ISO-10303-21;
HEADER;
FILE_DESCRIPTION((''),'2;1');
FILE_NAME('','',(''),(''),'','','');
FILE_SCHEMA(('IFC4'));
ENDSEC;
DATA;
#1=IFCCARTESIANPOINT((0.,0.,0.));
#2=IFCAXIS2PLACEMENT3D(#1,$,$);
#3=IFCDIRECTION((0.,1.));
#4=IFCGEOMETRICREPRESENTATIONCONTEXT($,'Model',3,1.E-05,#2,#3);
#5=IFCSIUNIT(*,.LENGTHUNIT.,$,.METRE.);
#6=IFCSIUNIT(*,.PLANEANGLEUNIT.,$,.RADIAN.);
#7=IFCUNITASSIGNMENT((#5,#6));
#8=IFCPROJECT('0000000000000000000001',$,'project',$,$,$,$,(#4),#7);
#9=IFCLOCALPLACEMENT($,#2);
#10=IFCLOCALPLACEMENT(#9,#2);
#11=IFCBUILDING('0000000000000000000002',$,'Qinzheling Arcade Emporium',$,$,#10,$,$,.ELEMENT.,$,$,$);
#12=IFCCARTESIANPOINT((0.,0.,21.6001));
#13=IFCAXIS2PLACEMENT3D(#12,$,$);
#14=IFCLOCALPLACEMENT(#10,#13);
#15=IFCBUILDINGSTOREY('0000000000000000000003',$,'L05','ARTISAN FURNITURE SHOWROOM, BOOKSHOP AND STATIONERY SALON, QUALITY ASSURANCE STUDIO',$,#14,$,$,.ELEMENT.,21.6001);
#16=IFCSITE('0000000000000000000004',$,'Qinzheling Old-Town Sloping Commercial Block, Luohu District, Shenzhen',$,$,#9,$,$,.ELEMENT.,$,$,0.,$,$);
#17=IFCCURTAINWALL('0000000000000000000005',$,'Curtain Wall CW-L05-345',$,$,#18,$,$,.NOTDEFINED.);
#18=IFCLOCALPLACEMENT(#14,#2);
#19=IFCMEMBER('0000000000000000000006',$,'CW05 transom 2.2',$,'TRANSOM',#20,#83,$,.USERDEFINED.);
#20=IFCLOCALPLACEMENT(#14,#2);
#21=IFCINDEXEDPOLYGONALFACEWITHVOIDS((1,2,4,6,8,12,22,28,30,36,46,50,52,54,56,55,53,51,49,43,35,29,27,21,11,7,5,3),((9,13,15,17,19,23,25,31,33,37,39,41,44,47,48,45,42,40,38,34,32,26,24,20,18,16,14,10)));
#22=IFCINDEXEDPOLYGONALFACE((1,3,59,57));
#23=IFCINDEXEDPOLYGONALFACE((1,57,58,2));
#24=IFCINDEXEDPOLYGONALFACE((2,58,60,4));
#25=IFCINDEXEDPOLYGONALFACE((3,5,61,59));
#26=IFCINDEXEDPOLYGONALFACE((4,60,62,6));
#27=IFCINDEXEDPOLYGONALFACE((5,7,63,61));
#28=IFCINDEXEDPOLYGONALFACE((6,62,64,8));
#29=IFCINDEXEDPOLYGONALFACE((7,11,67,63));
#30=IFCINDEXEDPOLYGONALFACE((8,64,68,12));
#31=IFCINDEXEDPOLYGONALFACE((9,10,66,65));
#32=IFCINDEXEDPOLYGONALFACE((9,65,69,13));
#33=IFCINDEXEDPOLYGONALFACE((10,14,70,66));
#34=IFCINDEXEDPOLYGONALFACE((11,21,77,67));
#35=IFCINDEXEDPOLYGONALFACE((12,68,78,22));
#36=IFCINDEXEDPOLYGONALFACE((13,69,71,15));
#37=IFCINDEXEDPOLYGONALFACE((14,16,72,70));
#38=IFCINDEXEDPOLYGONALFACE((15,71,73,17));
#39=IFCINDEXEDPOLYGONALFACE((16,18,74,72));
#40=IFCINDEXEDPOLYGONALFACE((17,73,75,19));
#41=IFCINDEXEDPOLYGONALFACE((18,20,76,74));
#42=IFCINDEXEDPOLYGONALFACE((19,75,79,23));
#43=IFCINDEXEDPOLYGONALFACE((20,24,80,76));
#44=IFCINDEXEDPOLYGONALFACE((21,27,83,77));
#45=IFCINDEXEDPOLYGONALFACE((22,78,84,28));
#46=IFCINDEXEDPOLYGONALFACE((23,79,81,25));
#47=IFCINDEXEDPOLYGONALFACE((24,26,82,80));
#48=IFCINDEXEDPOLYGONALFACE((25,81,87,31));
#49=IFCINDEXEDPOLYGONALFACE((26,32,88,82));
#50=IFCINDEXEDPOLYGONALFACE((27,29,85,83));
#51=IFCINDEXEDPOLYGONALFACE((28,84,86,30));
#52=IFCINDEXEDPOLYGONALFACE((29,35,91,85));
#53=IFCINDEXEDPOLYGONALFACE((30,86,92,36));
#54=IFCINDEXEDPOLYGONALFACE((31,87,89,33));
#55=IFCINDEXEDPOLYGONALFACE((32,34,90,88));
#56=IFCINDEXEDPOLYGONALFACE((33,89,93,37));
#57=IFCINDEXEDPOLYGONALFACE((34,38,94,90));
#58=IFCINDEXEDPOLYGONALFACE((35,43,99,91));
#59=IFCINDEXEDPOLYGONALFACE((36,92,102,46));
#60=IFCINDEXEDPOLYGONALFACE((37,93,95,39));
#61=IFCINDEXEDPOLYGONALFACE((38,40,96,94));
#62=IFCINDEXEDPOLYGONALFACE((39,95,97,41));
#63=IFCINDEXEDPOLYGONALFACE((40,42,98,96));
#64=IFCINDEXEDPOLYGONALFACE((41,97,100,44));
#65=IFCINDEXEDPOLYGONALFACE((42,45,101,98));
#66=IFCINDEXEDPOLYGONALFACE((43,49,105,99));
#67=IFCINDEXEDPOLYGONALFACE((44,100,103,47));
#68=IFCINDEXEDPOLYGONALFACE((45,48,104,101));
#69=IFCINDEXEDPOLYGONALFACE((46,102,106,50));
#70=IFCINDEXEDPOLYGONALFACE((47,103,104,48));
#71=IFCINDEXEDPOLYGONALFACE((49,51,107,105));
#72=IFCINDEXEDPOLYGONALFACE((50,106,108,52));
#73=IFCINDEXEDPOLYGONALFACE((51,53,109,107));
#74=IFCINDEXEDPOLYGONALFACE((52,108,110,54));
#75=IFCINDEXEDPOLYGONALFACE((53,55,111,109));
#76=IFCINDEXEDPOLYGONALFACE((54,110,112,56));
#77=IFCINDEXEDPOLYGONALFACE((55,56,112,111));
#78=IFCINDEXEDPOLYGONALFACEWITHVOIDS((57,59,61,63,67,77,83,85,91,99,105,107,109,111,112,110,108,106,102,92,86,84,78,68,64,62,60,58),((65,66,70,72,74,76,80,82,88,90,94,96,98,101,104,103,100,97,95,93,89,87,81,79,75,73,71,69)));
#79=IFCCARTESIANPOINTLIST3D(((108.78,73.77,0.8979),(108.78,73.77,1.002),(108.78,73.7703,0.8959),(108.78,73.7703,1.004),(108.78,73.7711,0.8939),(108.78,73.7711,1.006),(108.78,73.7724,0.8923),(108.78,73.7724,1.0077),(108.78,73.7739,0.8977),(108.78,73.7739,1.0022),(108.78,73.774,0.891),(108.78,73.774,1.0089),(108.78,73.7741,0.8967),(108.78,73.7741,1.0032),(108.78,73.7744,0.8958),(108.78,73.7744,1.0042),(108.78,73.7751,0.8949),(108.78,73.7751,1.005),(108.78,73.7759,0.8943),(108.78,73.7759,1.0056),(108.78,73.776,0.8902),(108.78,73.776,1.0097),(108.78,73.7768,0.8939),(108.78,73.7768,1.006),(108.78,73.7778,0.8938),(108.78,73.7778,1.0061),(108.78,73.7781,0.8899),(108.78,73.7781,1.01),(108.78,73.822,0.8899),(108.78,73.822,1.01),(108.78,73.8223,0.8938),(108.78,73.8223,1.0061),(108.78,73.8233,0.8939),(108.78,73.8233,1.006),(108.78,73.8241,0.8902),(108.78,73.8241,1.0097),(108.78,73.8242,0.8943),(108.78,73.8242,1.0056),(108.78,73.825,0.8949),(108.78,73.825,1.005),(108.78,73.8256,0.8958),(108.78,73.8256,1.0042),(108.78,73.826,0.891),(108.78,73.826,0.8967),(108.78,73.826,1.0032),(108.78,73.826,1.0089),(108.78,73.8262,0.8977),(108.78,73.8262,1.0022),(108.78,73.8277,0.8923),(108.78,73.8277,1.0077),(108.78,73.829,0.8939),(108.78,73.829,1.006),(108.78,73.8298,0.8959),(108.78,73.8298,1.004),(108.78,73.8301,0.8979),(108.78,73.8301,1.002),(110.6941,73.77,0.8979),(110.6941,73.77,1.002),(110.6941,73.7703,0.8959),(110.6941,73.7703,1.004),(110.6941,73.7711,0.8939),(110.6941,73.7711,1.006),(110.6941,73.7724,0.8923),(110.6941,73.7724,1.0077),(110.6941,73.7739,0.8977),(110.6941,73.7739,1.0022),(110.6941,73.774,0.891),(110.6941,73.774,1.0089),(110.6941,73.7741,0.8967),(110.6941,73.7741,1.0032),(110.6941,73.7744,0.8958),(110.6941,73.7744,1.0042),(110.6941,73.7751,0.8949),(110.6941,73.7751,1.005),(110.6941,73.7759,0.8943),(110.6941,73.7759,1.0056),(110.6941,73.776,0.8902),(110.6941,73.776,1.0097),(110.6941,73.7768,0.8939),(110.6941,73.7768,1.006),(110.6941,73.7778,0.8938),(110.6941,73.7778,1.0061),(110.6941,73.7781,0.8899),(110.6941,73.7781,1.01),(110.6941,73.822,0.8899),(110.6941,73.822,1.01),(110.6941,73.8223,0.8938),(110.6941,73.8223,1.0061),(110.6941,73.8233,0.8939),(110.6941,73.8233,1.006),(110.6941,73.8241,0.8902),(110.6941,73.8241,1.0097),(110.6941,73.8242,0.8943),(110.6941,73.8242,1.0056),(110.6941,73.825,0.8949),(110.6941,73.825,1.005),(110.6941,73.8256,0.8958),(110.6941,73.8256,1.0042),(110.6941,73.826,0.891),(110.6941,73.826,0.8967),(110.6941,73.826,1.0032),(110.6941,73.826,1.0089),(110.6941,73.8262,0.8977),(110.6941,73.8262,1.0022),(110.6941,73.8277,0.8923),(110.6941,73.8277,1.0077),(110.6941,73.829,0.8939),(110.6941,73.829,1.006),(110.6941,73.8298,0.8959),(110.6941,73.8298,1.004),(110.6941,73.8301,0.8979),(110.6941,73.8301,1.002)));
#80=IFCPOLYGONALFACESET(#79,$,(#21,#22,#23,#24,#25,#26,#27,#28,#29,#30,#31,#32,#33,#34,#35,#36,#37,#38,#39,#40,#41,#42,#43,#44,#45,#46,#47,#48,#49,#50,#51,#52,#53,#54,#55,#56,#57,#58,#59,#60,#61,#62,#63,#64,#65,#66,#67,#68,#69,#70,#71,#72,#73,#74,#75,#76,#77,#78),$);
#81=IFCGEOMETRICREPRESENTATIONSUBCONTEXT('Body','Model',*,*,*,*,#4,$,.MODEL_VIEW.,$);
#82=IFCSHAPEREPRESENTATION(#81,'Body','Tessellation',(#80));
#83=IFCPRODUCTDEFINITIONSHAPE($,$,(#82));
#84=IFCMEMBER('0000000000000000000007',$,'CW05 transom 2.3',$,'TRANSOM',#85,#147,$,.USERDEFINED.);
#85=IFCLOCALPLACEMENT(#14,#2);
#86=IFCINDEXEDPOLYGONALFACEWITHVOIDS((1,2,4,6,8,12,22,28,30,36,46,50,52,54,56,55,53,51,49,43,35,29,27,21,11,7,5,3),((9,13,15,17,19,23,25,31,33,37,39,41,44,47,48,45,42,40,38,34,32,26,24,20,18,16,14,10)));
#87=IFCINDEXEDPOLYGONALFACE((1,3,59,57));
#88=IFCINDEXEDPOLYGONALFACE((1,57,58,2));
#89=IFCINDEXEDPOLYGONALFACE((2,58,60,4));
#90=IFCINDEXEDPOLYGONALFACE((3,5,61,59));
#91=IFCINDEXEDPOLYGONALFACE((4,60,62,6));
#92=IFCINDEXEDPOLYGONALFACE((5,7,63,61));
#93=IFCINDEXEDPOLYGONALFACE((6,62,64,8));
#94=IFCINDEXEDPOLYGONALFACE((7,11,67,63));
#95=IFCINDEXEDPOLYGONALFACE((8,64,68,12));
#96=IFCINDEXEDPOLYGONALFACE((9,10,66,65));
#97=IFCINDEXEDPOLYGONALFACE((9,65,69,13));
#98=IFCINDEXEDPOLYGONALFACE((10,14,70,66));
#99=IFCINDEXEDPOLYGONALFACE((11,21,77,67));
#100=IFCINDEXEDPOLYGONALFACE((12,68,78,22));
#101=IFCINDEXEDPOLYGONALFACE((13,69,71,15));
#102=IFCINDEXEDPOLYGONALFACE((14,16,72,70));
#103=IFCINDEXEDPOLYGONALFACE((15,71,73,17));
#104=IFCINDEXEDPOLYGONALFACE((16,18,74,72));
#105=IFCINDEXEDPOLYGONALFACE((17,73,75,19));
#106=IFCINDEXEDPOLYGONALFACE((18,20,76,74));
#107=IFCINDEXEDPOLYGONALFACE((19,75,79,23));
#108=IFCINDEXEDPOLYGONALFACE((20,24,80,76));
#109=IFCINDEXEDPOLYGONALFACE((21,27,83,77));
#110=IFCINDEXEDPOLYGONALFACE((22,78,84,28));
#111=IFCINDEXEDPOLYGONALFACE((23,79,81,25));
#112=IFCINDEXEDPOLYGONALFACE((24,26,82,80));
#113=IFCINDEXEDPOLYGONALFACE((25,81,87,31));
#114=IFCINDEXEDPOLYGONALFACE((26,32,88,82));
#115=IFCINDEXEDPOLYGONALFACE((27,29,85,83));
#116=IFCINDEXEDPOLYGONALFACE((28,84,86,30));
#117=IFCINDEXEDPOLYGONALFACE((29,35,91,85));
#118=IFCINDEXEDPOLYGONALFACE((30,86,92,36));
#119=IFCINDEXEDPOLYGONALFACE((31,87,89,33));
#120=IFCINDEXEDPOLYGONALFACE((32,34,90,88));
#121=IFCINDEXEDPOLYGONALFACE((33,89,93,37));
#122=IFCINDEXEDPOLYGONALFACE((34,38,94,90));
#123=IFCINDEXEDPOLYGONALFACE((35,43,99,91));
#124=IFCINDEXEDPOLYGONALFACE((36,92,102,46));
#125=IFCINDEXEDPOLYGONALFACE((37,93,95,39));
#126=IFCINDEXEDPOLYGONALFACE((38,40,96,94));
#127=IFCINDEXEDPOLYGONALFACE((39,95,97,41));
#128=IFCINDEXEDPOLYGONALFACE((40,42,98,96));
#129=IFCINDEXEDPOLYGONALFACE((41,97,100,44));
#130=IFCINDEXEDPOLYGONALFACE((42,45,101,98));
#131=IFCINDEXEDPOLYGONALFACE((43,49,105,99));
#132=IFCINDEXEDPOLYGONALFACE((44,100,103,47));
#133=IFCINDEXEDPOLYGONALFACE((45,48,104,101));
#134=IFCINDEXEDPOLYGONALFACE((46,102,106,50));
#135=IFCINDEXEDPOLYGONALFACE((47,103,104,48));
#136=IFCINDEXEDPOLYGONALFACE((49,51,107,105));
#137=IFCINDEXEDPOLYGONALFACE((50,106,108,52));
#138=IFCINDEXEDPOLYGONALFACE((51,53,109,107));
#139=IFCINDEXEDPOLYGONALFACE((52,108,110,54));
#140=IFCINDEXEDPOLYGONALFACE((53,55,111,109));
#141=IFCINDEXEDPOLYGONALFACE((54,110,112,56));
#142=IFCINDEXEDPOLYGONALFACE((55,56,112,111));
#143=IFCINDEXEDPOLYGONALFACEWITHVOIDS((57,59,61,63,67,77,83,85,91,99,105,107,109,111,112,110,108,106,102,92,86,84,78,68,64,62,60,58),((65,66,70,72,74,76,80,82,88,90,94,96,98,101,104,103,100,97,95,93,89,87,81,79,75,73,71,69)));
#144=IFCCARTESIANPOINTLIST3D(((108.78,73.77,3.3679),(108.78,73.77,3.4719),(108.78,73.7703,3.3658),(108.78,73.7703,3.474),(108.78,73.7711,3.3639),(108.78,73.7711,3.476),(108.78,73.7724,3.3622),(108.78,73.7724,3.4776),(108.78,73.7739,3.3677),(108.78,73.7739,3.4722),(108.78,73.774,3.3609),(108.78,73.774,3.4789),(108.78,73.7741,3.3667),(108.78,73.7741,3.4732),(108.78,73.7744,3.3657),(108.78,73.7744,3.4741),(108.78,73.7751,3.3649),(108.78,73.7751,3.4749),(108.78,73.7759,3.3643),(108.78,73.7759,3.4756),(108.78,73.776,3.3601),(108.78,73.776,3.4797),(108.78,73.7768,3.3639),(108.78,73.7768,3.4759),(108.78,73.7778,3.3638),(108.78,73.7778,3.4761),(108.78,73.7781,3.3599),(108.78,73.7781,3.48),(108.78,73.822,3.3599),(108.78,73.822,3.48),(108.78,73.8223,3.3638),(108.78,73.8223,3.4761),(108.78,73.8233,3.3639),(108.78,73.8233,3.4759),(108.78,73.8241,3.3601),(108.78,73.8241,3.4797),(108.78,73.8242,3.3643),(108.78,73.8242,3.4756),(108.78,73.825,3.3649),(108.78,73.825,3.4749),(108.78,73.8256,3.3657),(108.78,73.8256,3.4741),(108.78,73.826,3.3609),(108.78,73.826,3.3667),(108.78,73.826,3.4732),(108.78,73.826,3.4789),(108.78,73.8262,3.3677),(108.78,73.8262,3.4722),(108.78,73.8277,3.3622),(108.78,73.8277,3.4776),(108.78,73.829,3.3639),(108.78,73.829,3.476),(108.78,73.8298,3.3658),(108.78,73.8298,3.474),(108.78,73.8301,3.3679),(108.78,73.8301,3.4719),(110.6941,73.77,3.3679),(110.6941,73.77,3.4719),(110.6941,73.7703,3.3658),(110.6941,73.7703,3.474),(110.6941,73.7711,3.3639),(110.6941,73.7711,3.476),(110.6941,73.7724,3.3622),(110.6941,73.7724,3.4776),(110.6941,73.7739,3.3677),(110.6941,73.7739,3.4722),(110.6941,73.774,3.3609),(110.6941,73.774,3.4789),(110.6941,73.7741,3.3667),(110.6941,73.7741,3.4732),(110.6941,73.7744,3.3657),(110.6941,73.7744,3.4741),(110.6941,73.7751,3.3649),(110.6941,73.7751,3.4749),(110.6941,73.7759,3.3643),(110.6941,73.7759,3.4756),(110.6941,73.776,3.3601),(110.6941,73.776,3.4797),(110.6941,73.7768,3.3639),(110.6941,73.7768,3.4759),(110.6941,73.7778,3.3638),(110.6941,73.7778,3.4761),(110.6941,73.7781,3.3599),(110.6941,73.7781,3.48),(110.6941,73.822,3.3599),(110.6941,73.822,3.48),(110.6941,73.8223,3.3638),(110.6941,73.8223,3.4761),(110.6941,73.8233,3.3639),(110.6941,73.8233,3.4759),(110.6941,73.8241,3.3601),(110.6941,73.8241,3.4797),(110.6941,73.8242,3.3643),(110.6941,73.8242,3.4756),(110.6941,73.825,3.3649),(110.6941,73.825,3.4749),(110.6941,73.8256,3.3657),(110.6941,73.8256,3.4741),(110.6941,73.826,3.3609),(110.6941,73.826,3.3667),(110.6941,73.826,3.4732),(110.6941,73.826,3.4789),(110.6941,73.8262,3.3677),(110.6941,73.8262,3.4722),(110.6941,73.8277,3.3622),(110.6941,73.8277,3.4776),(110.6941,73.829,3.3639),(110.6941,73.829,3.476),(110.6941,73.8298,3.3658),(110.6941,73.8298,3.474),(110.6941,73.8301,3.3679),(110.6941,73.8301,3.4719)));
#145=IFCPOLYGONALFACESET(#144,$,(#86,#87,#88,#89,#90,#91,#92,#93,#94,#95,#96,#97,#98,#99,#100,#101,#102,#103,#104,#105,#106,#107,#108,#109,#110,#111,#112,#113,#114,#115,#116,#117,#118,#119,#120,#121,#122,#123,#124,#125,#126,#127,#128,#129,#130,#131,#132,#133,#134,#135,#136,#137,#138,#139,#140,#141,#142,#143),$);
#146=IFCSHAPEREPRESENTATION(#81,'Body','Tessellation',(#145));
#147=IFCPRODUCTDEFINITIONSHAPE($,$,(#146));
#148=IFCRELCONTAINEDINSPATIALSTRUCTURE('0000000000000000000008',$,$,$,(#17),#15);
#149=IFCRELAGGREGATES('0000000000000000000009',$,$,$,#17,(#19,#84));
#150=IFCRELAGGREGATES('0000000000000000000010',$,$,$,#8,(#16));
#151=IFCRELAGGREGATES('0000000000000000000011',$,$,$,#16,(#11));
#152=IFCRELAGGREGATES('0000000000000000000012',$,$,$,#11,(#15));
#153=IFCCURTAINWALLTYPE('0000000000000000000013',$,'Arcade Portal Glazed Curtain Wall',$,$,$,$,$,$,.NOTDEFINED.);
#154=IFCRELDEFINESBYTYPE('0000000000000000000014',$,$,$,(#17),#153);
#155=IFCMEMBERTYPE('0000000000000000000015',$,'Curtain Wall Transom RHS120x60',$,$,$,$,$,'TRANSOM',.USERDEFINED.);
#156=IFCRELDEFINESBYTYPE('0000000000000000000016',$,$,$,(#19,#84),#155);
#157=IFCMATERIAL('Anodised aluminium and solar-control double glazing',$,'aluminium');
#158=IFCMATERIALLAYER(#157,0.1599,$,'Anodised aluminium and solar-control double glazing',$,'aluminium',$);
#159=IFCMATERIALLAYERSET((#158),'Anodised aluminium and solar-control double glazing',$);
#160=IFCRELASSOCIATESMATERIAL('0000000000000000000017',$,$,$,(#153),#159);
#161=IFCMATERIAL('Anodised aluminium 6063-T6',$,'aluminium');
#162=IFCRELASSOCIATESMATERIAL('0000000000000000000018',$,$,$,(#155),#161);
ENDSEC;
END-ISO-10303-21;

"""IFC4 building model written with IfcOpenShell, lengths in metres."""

from ifc_helpers import new_model, si_unit, direction, frame, origin, origin_2d, place, context, subcontext, project, spatial, hollow_rectangle, extrude, material, layer, layer_set, material_profile, profile_set, type_object, element, aggregate, save


model = new_model("IFC4")

# Units and contexts
model_context = context("Model", 3, precision=1e-05, world=origin(), true_north=direction((0.0, 1.0)))
body_context = subcontext(model_context, "Body", "Model", "MODEL_VIEW")
ifc_project = project(units=[si_unit("LENGTHUNIT", "METRE"), si_unit("PLANEANGLEUNIT", "RADIAN")], contexts=[model_context])

# Site, building, storey
site_placement = place(None, origin())
site = spatial("IfcSite", under=ifc_project, at=site_placement, Name="Qinzheling Old-Town Sloping Commercial Block, Luohu District, Shenzhen", CompositionType="ELEMENT", RefElevation=0.0)
building_placement = place(site_placement, origin())
building = spatial("IfcBuilding", under=site, at=building_placement, Name="Qinzheling Arcade Emporium", CompositionType="ELEMENT")
storey_placement = place(building_placement, frame((0.0, 0.0, 21.6001)))
storey = spatial("IfcBuildingStorey", under=building, at=storey_placement, Name="L05", Description="ARTISAN FURNITURE SHOWROOM, BOOKSHOP AND STATIONERY SALON, QUALITY ASSURANCE STUDIO", CompositionType="ELEMENT", Elevation=21.6001)

# Shared definitions
ifc_material_1 = material(Name="Anodised aluminium and solar-control double glazing", Category="aluminium")
ifc_material_2 = material(Name="Anodised aluminium 6063-T6", Category="aluminium")

# Curtain wall
ifc_layer_1 = layer(ifc_material_1, 0.1599, Name="Anodised aluminium and solar-control double glazing", Category="aluminium")
ifc_layer_set_1 = layer_set([ifc_layer_1], Name="Anodised aluminium and solar-control double glazing")
curtain_wall_type_1 = type_object("IfcCurtainWallType", Name="Arcade Portal Glazed Curtain Wall", PredefinedType="NOTDEFINED", material=ifc_layer_set_1)
curtain_wall_1_placement = place(storey_placement, origin())
curtain_wall_1 = element("IfcCurtainWall", 1, at=curtain_wall_1_placement, inside=storey, type_object=curtain_wall_type_1, Name="Curtain Wall CW-L05-345", PredefinedType="NOTDEFINED")

# Members
ifc_material_profile_1 = material_profile(ifc_material_2, hollow_rectangle(XDim=0.0601, YDim=0.1201, WallThickness=0.0039, InnerFilletRadius=0.0039, OuterFilletRadius=0.0081, at=origin_2d()), Name="RHS 120x60x4", Category="aluminium")
ifc_profile_set_1 = profile_set([ifc_material_profile_1], Name="Anodised aluminium 6063-T6")
member_type_1 = type_object("IfcMemberType", Name="Curtain Wall Transom RHS120x60", ElementType="TRANSOM", PredefinedType="USERDEFINED", material=ifc_profile_set_1)
member_1_placement = place(storey_placement, frame((110.6941, 73.8, 0.95), z_axis=(-1.0, 0.0, 0.0), x_axis=(0.0, -1.0, 0.0)))
member_1 = element("IfcMember", 2, at=member_1_placement, type_object=member_type_1, Name="CW05 transom 2.2", ObjectType="TRANSOM", PredefinedType="USERDEFINED", context=body_context, shape_type="SweptSolid", body=[
    extrude(hollow_rectangle(XDim=0.0601, YDim=0.1201, WallThickness=0.0039, InnerFilletRadius=0.0039, OuterFilletRadius=0.0081, at=origin_2d()), origin(), (0.0, 0.0, 1.0), 1.9141),
])
member_2_placement = place(storey_placement, frame((110.6941, 73.8, 3.4199), z_axis=(-1.0, 0.0, 0.0), x_axis=(0.0, -1.0, 0.0)))
member_2 = element("IfcMember", 3, at=member_2_placement, type_object=member_type_1, Name="CW05 transom 2.3", ObjectType="TRANSOM", PredefinedType="USERDEFINED", context=body_context, shape_type="SweptSolid", body=[
    extrude(hollow_rectangle(XDim=0.0601, YDim=0.1201, WallThickness=0.0039, InnerFilletRadius=0.0039, OuterFilletRadius=0.0081, at=origin_2d()), origin(), (0.0, 0.0, 1.0), 1.9141),
])

aggregate(curtain_wall_1, [member_1, member_2])

save(model, "model.ifc")
